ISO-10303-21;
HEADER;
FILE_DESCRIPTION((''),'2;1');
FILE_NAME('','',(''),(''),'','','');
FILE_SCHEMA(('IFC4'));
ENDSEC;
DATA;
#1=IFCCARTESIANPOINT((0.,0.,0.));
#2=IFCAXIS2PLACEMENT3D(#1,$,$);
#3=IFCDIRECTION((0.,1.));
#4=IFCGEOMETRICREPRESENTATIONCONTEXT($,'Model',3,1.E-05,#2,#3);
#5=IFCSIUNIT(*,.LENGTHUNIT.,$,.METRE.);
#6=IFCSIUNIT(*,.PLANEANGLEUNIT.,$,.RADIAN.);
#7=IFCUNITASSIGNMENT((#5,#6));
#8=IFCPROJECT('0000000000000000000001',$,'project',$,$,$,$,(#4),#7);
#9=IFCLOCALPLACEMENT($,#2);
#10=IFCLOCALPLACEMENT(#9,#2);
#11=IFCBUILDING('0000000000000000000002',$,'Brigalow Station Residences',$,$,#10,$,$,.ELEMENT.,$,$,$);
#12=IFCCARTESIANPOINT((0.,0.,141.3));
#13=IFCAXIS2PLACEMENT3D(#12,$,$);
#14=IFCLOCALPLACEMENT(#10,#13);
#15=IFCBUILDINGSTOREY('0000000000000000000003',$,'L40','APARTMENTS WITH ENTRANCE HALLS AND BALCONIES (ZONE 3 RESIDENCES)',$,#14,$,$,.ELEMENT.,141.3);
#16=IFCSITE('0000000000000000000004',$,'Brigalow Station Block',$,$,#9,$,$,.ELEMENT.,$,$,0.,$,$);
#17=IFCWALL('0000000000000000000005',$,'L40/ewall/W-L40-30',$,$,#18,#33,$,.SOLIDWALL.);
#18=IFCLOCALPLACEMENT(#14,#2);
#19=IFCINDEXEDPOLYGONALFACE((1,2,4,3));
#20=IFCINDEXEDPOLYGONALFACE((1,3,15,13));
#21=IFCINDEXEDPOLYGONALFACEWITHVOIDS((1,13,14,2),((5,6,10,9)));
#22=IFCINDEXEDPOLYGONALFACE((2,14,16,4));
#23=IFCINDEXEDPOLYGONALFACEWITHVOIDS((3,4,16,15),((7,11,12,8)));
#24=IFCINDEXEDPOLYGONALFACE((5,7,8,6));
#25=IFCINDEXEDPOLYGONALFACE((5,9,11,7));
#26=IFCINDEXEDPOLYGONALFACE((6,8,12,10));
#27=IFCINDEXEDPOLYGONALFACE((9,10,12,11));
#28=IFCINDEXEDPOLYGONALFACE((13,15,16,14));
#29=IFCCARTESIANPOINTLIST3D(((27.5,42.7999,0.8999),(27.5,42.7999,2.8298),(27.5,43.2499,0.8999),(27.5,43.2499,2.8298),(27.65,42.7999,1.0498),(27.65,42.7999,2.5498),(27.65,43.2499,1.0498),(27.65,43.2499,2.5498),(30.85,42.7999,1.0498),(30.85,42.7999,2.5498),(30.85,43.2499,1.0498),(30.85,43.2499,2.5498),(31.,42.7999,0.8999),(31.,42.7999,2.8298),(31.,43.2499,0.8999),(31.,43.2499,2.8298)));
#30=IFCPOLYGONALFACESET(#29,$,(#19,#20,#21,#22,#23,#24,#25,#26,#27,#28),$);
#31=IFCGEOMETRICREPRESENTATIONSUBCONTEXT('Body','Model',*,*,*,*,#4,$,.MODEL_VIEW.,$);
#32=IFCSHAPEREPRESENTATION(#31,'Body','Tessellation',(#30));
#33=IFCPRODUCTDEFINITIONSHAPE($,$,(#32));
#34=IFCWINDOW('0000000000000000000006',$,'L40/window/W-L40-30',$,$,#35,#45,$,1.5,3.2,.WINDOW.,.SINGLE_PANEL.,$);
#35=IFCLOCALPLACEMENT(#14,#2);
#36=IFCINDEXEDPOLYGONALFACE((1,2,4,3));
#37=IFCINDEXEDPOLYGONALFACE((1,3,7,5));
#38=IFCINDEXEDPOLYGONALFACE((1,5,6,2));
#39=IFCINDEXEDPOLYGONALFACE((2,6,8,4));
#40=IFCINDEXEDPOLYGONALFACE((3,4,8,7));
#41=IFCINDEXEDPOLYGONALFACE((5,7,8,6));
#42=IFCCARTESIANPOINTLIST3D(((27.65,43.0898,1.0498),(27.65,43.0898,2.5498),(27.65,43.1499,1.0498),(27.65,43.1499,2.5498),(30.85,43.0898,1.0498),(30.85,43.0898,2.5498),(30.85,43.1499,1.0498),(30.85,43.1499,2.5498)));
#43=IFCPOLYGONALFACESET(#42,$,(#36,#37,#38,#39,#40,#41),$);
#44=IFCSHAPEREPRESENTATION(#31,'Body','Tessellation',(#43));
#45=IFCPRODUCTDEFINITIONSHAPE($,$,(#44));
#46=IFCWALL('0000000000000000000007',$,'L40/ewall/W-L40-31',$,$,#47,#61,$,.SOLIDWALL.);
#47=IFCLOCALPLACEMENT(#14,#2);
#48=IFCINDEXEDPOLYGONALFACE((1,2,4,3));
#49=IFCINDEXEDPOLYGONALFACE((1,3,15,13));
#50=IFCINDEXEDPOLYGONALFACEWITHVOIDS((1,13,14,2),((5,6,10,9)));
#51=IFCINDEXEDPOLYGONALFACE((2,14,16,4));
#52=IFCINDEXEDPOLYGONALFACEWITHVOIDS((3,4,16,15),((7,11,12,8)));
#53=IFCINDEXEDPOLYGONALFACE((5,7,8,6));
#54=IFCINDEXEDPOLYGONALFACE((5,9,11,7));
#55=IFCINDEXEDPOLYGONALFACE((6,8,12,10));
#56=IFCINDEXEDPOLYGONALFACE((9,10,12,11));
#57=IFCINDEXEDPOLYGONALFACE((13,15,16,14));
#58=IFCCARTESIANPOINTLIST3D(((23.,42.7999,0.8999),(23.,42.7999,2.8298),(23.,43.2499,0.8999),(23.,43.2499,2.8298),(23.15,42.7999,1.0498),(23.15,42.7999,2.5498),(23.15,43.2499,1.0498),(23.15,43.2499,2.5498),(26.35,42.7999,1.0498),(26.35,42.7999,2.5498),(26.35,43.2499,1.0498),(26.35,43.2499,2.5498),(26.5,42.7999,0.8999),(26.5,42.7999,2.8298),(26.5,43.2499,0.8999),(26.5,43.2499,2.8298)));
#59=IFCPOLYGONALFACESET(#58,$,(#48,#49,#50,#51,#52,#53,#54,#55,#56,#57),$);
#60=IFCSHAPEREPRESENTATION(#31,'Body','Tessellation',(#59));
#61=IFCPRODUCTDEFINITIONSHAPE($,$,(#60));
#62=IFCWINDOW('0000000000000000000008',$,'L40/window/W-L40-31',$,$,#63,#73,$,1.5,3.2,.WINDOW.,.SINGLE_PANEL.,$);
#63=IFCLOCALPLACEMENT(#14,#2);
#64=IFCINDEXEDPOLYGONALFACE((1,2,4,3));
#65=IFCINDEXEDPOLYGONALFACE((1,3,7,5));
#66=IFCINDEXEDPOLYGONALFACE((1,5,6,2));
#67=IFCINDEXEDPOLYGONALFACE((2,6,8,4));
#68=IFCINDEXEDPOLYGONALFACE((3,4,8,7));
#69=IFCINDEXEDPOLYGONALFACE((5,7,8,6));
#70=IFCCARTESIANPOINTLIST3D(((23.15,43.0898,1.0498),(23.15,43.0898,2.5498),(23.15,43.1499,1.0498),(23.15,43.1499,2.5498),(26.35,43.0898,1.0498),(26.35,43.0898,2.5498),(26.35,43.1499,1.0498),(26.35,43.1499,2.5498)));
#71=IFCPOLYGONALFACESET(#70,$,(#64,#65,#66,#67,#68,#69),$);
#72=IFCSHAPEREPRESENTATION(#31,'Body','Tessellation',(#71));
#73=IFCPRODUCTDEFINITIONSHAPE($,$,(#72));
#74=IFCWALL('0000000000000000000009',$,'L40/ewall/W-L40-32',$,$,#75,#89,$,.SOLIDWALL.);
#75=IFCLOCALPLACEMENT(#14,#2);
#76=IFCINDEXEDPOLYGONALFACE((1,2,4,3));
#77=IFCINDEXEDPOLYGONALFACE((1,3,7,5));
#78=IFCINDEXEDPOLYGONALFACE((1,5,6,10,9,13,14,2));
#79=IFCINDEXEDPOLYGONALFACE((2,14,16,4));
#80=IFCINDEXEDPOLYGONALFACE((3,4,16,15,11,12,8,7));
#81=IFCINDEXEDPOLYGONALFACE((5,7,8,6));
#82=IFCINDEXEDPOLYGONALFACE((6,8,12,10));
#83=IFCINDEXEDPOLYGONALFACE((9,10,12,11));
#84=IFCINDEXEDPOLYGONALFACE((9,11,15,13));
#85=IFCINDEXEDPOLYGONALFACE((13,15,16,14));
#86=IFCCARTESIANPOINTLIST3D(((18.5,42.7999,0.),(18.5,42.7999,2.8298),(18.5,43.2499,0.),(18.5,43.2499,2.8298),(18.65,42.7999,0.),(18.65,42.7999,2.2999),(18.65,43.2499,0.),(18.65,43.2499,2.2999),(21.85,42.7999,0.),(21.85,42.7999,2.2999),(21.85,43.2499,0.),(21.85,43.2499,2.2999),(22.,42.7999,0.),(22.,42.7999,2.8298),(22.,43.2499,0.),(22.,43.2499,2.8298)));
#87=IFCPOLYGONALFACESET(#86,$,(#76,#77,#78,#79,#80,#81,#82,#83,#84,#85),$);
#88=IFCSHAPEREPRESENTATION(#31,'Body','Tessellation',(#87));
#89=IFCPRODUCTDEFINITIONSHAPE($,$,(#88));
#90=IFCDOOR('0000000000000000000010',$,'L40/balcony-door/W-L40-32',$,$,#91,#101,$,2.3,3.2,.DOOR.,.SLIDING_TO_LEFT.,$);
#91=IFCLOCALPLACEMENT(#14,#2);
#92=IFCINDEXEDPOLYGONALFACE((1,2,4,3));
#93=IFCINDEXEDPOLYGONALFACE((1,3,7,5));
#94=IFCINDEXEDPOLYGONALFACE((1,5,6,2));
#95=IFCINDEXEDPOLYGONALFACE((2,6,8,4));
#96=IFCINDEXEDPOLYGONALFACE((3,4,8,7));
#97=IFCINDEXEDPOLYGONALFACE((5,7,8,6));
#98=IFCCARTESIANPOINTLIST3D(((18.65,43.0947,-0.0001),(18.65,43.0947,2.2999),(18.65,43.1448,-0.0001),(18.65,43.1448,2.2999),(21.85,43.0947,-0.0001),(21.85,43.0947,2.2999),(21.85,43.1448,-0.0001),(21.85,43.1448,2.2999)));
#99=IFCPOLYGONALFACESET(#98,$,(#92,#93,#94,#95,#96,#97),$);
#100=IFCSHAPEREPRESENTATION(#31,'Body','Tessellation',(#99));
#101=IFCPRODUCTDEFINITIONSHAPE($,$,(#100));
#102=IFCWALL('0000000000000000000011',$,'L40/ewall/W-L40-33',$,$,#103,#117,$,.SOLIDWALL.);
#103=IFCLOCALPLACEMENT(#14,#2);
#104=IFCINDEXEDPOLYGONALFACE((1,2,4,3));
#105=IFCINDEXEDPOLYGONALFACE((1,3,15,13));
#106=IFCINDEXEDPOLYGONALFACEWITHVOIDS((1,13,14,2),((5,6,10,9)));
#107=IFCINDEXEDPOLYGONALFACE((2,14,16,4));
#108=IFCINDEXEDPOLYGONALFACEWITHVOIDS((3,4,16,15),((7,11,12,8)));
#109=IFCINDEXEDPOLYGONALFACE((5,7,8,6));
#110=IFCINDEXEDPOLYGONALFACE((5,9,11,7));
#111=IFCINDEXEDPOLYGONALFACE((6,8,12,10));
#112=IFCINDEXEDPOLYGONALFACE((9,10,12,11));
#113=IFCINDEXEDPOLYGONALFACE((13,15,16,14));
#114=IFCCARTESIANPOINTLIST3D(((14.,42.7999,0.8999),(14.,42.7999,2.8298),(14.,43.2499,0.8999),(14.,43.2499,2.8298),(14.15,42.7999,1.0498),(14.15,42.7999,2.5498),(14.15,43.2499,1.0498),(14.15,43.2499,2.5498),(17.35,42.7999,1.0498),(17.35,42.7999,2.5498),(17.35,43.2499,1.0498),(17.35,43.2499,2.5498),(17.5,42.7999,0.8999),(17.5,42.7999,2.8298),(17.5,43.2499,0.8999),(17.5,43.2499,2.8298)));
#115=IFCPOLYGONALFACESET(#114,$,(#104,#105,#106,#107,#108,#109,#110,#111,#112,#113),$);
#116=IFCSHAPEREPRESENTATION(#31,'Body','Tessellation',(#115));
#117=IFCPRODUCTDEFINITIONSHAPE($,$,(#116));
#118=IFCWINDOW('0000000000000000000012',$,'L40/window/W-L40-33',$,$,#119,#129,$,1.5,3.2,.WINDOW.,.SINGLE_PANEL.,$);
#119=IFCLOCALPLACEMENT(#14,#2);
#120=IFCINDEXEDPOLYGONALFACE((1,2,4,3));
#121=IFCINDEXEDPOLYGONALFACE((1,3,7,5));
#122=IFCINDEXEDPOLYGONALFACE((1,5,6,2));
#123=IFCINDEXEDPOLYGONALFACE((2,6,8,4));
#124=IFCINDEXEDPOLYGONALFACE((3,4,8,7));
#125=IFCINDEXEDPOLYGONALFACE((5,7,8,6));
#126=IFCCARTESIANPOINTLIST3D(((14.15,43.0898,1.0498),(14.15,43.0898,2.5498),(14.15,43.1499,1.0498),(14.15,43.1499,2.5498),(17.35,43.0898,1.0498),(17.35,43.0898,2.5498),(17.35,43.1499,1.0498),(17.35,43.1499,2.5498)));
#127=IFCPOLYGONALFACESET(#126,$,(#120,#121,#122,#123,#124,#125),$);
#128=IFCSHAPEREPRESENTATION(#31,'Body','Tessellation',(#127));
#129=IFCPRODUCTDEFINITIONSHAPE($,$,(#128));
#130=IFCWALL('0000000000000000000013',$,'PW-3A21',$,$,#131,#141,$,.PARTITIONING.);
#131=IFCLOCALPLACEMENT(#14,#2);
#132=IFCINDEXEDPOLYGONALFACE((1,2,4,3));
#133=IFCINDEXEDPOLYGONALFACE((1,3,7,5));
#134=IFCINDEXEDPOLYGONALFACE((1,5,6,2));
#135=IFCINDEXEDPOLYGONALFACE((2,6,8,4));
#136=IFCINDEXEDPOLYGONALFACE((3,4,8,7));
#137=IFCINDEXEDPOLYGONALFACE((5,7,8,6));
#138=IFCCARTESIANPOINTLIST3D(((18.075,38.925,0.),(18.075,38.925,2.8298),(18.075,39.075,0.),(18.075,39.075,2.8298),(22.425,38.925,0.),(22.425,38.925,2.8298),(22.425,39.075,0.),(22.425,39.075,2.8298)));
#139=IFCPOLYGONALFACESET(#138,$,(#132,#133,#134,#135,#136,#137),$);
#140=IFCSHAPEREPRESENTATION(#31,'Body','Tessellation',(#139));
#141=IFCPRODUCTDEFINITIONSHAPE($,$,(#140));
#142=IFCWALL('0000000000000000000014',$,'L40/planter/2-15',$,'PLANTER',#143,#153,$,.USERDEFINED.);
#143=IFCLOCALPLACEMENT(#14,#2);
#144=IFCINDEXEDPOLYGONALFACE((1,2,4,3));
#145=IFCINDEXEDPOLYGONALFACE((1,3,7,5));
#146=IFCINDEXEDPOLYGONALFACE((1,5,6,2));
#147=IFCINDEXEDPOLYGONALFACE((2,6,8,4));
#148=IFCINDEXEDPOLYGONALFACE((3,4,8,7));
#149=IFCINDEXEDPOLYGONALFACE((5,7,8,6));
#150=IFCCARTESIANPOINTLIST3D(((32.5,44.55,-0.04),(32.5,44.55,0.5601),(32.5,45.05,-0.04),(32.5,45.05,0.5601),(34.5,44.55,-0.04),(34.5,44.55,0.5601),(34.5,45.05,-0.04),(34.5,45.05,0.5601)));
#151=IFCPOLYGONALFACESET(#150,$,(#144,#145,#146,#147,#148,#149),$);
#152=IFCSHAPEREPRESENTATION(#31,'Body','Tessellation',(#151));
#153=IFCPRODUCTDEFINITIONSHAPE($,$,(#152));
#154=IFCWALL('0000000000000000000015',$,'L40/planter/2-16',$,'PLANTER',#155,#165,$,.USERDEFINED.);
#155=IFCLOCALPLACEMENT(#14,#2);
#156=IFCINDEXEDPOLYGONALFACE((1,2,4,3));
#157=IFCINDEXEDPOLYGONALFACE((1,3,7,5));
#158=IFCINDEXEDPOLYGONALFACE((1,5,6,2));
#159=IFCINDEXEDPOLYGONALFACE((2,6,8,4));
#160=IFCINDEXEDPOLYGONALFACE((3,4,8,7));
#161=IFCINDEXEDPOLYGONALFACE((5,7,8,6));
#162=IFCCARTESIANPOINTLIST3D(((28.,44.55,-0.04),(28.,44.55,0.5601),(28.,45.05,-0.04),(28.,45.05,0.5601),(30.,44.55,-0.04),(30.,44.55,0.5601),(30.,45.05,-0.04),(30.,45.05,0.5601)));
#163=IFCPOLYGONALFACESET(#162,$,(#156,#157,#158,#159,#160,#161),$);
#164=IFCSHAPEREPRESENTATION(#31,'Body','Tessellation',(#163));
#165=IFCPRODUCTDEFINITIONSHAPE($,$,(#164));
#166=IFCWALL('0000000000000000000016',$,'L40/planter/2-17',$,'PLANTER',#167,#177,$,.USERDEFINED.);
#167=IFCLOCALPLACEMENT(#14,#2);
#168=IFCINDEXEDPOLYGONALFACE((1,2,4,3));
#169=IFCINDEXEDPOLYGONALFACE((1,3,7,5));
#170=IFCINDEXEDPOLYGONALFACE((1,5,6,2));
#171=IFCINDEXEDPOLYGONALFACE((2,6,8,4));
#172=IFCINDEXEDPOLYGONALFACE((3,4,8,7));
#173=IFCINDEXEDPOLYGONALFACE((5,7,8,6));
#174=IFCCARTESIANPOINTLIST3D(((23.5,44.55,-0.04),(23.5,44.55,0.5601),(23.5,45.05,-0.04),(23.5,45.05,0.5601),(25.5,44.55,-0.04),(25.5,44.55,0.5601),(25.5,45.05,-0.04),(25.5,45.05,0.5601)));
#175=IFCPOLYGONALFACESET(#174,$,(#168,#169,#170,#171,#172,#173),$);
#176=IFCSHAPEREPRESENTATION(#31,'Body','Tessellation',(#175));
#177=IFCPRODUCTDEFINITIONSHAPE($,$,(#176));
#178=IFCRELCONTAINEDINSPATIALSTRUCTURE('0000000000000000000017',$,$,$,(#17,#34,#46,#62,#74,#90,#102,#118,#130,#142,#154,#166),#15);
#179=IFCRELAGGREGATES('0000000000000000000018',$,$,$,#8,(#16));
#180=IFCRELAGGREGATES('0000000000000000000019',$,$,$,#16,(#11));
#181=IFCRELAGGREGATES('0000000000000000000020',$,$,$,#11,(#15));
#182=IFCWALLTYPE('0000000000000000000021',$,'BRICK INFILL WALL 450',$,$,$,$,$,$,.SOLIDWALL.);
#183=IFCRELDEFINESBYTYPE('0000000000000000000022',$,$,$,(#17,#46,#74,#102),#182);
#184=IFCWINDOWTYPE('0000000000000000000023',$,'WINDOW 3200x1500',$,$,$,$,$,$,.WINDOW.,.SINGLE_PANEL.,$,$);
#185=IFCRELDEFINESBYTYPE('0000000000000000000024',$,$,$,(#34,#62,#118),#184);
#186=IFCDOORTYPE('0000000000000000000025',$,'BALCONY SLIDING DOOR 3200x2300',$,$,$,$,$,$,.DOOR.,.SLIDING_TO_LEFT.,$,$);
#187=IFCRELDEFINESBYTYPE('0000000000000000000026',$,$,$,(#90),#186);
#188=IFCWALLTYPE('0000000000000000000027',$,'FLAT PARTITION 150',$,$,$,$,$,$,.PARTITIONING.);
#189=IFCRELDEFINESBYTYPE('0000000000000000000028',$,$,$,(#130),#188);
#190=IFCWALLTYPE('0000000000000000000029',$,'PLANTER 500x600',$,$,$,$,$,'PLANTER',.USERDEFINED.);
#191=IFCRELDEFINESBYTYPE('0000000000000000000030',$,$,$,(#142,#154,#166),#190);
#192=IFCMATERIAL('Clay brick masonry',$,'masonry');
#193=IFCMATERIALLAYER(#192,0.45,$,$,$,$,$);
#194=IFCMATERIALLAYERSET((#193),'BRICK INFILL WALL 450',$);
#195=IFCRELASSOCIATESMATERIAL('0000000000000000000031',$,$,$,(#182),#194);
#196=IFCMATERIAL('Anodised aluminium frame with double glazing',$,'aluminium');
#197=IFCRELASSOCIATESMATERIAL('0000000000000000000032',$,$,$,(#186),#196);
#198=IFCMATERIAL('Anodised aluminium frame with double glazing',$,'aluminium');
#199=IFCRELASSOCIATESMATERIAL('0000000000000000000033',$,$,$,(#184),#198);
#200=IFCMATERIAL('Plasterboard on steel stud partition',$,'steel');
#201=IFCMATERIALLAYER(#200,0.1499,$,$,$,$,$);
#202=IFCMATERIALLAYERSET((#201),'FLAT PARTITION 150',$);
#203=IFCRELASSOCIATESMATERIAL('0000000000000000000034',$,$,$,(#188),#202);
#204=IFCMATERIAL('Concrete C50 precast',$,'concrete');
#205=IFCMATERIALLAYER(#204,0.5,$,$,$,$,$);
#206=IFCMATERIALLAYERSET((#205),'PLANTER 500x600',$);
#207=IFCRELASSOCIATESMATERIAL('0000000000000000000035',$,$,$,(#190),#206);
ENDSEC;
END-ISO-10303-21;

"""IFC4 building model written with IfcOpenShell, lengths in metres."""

from ifc_helpers import new_model, si_unit, direction, frame, frame_2d, origin, place, context, subcontext, project, spatial, rectangle, extrude, material, layer, layer_set, type_object, element, fill, save


model = new_model("IFC4")

# Units and contexts
model_context = context("Model", 3, precision=1e-05, world=origin(), true_north=direction((0.0, 1.0)))
body_context = subcontext(model_context, "Body", "Model", "MODEL_VIEW")
ifc_project = project(units=[si_unit("LENGTHUNIT", "METRE"), si_unit("PLANEANGLEUNIT", "RADIAN")], contexts=[model_context])

# Site, building, storey
site_placement = place(None, origin())
site = spatial("IfcSite", under=ifc_project, at=site_placement, Name="Brigalow Station Block", CompositionType="ELEMENT", RefElevation=0.0)
building_placement = place(site_placement, origin())
building = spatial("IfcBuilding", under=site, at=building_placement, Name="Brigalow Station Residences", CompositionType="ELEMENT")
storey_placement = place(building_placement, frame((0.0, 0.0, 141.3)))
storey = spatial("IfcBuildingStorey", under=building, at=storey_placement, Name="L40", Description="APARTMENTS WITH ENTRANCE HALLS AND BALCONIES (ZONE 3 RESIDENCES)", CompositionType="ELEMENT", Elevation=141.3)

# Shared definitions
ifc_material_1 = material(Name="Clay brick masonry", Category="masonry")
ifc_layer_1 = layer(ifc_material_1, 0.45)
ifc_layer_set_1 = layer_set([ifc_layer_1], Name="BRICK INFILL WALL 450")
wall_type_1 = type_object("IfcWallType", Name="BRICK INFILL WALL 450", PredefinedType="SOLIDWALL", material=ifc_layer_set_1)
ifc_material_2 = material(Name="Anodised aluminium frame with double glazing", Category="aluminium")
door_type = type_object("IfcDoorType", Name="BALCONY SLIDING DOOR 3200x2300", OperationType="SLIDING_TO_LEFT", PredefinedType="DOOR", material=ifc_material_2)

# Walls, openings, windows
wall_1_placement = place(storey_placement, frame((31.0, 43.0249, 0.8999), z_axis=(0.0, 0.0, 1.0), x_axis=(-1.0, 0.0, 0.0)))
wall_1 = element("IfcWall", 1, at=wall_1_placement, inside=storey, type_object=wall_type_1, Name="L40/ewall/W-L40-30", PredefinedType="SOLIDWALL", context=body_context, shape_type="SweptSolid", body=[
    extrude(rectangle(XDim=3.5, YDim=0.45, at=frame_2d((1.75, 0.0))), origin(), (0.0, 0.0, 1.0), 1.9299),
])
opening_1_placement = place(wall_1_placement, frame((0.1499, 0.0, 0.1499)))
opening_1 = element("IfcOpeningElement", 2, at=opening_1_placement, cuts=wall_1, PredefinedType="OPENING", context=body_context, shape_type="SweptSolid", body=[
    extrude(rectangle(XDim=3.2, YDim=1.5, at=frame_2d((1.6001, 0.75))), frame((0.0, 0.2349, 0.0), z_axis=(0.0, -1.0, 0.0), x_axis=(1.0, 0.0, 0.0)), (0.0, 0.0, 1.0), 0.47),
])
ifc_material_3 = material(Name="Anodised aluminium frame with double glazing", Category="aluminium")
window_type = type_object("IfcWindowType", Name="WINDOW 3200x1500", PartitioningType="SINGLE_PANEL", PredefinedType="WINDOW", material=ifc_material_3)
window_1_placement = place(opening_1_placement, origin())
window_1 = element("IfcWindow", 3, at=window_1_placement, inside=storey, type_object=window_type, Name="L40/window/W-L40-30", OverallHeight=1.5, OverallWidth=3.2, PartitioningType="SINGLE_PANEL", PredefinedType="WINDOW", context=body_context, shape_type="SweptSolid", body=[
    extrude(rectangle(XDim=3.2, YDim=1.5, at=frame_2d((1.6001, 0.75))), frame((0.0, -0.0649, 0.0), z_axis=(0.0, -1.0, 0.0), x_axis=(1.0, 0.0, 0.0)), (0.0, 0.0, 1.0), 0.0601),
])
fill(opening_1, window_1)
wall_2_placement = place(storey_placement, frame((26.5, 43.0249, 0.8999), z_axis=(0.0, 0.0, 1.0), x_axis=(-1.0, 0.0, 0.0)))
wall_2 = element("IfcWall", 4, at=wall_2_placement, inside=storey, type_object=wall_type_1, Name="L40/ewall/W-L40-31", PredefinedType="SOLIDWALL", context=body_context, shape_type="SweptSolid", body=[
    extrude(rectangle(XDim=3.5, YDim=0.45, at=frame_2d((1.75, 0.0))), origin(), (0.0, 0.0, 1.0), 1.9299),
])
opening_2_placement = place(wall_2_placement, frame((0.1499, 0.0, 0.1499)))
opening_2 = element("IfcOpeningElement", 5, at=opening_2_placement, cuts=wall_2, PredefinedType="OPENING", context=body_context, shape_type="SweptSolid", body=[
    extrude(rectangle(XDim=3.2, YDim=1.5, at=frame_2d((1.6001, 0.75))), frame((0.0, 0.2349, 0.0), z_axis=(0.0, -1.0, 0.0), x_axis=(1.0, 0.0, 0.0)), (0.0, 0.0, 1.0), 0.47),
])
window_2_placement = place(opening_2_placement, origin())
window_2 = element("IfcWindow", 6, at=window_2_placement, inside=storey, type_object=window_type, Name="L40/window/W-L40-31", OverallHeight=1.5, OverallWidth=3.2, PartitioningType="SINGLE_PANEL", PredefinedType="WINDOW", context=body_context, shape_type="SweptSolid", body=[
    extrude(rectangle(XDim=3.2, YDim=1.5, at=frame_2d((1.6001, 0.75))), frame((0.0, -0.0649, 0.0), z_axis=(0.0, -1.0, 0.0), x_axis=(1.0, 0.0, 0.0)), (0.0, 0.0, 1.0), 0.0601),
])
fill(opening_2, window_2)

# Wall, opening, door
wall_3_placement = place(storey_placement, frame((22.0, 43.0249, 0.0), z_axis=(0.0, 0.0, 1.0), x_axis=(-1.0, 0.0, 0.0)))
wall_3 = element("IfcWall", 7, at=wall_3_placement, inside=storey, type_object=wall_type_1, Name="L40/ewall/W-L40-32", PredefinedType="SOLIDWALL", context=body_context, shape_type="SweptSolid", body=[
    extrude(rectangle(XDim=3.5, YDim=0.45, at=frame_2d((1.75, 0.0))), origin(), (0.0, 0.0, 1.0), 2.8298),
])
opening_3_placement = place(wall_3_placement, frame((0.1499, 0.0, 0.0)))
opening_3 = element("IfcOpeningElement", 8, at=opening_3_placement, cuts=wall_3, PredefinedType="OPENING", context=body_context, shape_type="SweptSolid", body=[
    extrude(rectangle(XDim=3.2, YDim=2.3, at=frame_2d((1.6001, 1.1499))), frame((0.0, 0.2349, 0.0), z_axis=(0.0, -1.0, 0.0), x_axis=(1.0, 0.0, 0.0)), (0.0, 0.0, 1.0), 0.47),
])
door_1_placement = place(opening_3_placement, origin())
door_1 = element("IfcDoor", 9, at=door_1_placement, inside=storey, type_object=door_type, Name="L40/balcony-door/W-L40-32", OperationType="SLIDING_TO_LEFT", OverallHeight=2.3, OverallWidth=3.2, PredefinedType="DOOR", context=body_context, shape_type="SweptSolid", body=[
    extrude(rectangle(XDim=3.2, YDim=2.3, at=frame_2d((1.6001, 1.1499))), frame((0.0, -0.0698, 0.0), z_axis=(0.0, -1.0, 0.0), x_axis=(1.0, 0.0, 0.0)), (0.0, 0.0, 1.0), 0.05),
])
fill(opening_3, door_1)

# Wall, opening, window
wall_4_placement = place(storey_placement, frame((17.5, 43.0249, 0.8999), z_axis=(0.0, 0.0, 1.0), x_axis=(-1.0, 0.0, 0.0)))
wall_4 = element("IfcWall", 10, at=wall_4_placement, inside=storey, type_object=wall_type_1, Name="L40/ewall/W-L40-33", PredefinedType="SOLIDWALL", context=body_context, shape_type="SweptSolid", body=[
    extrude(rectangle(XDim=3.5, YDim=0.45, at=frame_2d((1.75, 0.0))), origin(), (0.0, 0.0, 1.0), 1.9299),
])
opening_4_placement = place(wall_4_placement, frame((0.1499, 0.0, 0.1499)))
opening_4 = element("IfcOpeningElement", 11, at=opening_4_placement, cuts=wall_4, PredefinedType="OPENING", context=body_context, shape_type="SweptSolid", body=[
    extrude(rectangle(XDim=3.2, YDim=1.5, at=frame_2d((1.6001, 0.75))), frame((0.0, 0.2349, 0.0), z_axis=(0.0, -1.0, 0.0), x_axis=(1.0, 0.0, 0.0)), (0.0, 0.0, 1.0), 0.47),
])
window_3_placement = place(opening_4_placement, origin())
window_3 = element("IfcWindow", 12, at=window_3_placement, inside=storey, type_object=window_type, Name="L40/window/W-L40-33", OverallHeight=1.5, OverallWidth=3.2, PartitioningType="SINGLE_PANEL", PredefinedType="WINDOW", context=body_context, shape_type="SweptSolid", body=[
    extrude(rectangle(XDim=3.2, YDim=1.5, at=frame_2d((1.6001, 0.75))), frame((0.0, -0.0649, 0.0), z_axis=(0.0, -1.0, 0.0), x_axis=(1.0, 0.0, 0.0)), (0.0, 0.0, 1.0), 0.0601),
])
fill(opening_4, window_3)

# Walls
ifc_material_4 = material(Name="Plasterboard on steel stud partition", Category="steel")
ifc_layer_2 = layer(ifc_material_4, 0.1499)
ifc_layer_set_2 = layer_set([ifc_layer_2], Name="FLAT PARTITION 150")
wall_type_2 = type_object("IfcWallType", Name="FLAT PARTITION 150", PredefinedType="PARTITIONING", material=ifc_layer_set_2)
wall_5_placement = place(storey_placement, frame((18.075, 39.0, 0.0), z_axis=(0.0, 0.0, 1.0), x_axis=(1.0, 0.0, 0.0)))
element("IfcWall", 13, at=wall_5_placement, inside=storey, type_object=wall_type_2, Name="PW-3A21", PredefinedType="PARTITIONING", context=body_context, shape_type="SweptSolid", body=[
    extrude(rectangle(XDim=4.3501, YDim=0.1499, at=frame_2d((2.175, 0.0))), origin(), (0.0, 0.0, 1.0), 2.8298),
])
ifc_material_5 = material(Name="Concrete C50 precast", Category="concrete")
ifc_layer_3 = layer(ifc_material_5, 0.5)
ifc_layer_set_3 = layer_set([ifc_layer_3], Name="PLANTER 500x600")
wall_type_3 = type_object("IfcWallType", Name="PLANTER 500x600", ElementType="PLANTER", PredefinedType="USERDEFINED", material=ifc_layer_set_3)
for number, where, z_axis, x_axis, name in (
    (14, (34.5, 44.8, -0.04), (0.0, 0.0, 1.0), (-1.0, 0.0, 0.0), "L40/planter/2-15"),
    (15, (30.0, 44.8, -0.04), (0.0, 0.0, 1.0), (-1.0, 0.0, 0.0), "L40/planter/2-16"),
    (16, (25.5, 44.8, -0.04), (0.0, 0.0, 1.0), (-1.0, 0.0, 0.0), "L40/planter/2-17"),
):
    element("IfcWall", number, at=place(storey_placement, frame(where, z_axis=z_axis, x_axis=x_axis)), inside=storey, type_object=wall_type_3, Name=name, ObjectType="PLANTER", PredefinedType="USERDEFINED", context=body_context, shape_type="SweptSolid", body=[
        extrude(rectangle(XDim=2.0, YDim=0.5, at=frame_2d((1.0, 0.0))), origin(), (0.0, 0.0, 1.0), 0.6001),
    ])

save(model, "model.ifc")
